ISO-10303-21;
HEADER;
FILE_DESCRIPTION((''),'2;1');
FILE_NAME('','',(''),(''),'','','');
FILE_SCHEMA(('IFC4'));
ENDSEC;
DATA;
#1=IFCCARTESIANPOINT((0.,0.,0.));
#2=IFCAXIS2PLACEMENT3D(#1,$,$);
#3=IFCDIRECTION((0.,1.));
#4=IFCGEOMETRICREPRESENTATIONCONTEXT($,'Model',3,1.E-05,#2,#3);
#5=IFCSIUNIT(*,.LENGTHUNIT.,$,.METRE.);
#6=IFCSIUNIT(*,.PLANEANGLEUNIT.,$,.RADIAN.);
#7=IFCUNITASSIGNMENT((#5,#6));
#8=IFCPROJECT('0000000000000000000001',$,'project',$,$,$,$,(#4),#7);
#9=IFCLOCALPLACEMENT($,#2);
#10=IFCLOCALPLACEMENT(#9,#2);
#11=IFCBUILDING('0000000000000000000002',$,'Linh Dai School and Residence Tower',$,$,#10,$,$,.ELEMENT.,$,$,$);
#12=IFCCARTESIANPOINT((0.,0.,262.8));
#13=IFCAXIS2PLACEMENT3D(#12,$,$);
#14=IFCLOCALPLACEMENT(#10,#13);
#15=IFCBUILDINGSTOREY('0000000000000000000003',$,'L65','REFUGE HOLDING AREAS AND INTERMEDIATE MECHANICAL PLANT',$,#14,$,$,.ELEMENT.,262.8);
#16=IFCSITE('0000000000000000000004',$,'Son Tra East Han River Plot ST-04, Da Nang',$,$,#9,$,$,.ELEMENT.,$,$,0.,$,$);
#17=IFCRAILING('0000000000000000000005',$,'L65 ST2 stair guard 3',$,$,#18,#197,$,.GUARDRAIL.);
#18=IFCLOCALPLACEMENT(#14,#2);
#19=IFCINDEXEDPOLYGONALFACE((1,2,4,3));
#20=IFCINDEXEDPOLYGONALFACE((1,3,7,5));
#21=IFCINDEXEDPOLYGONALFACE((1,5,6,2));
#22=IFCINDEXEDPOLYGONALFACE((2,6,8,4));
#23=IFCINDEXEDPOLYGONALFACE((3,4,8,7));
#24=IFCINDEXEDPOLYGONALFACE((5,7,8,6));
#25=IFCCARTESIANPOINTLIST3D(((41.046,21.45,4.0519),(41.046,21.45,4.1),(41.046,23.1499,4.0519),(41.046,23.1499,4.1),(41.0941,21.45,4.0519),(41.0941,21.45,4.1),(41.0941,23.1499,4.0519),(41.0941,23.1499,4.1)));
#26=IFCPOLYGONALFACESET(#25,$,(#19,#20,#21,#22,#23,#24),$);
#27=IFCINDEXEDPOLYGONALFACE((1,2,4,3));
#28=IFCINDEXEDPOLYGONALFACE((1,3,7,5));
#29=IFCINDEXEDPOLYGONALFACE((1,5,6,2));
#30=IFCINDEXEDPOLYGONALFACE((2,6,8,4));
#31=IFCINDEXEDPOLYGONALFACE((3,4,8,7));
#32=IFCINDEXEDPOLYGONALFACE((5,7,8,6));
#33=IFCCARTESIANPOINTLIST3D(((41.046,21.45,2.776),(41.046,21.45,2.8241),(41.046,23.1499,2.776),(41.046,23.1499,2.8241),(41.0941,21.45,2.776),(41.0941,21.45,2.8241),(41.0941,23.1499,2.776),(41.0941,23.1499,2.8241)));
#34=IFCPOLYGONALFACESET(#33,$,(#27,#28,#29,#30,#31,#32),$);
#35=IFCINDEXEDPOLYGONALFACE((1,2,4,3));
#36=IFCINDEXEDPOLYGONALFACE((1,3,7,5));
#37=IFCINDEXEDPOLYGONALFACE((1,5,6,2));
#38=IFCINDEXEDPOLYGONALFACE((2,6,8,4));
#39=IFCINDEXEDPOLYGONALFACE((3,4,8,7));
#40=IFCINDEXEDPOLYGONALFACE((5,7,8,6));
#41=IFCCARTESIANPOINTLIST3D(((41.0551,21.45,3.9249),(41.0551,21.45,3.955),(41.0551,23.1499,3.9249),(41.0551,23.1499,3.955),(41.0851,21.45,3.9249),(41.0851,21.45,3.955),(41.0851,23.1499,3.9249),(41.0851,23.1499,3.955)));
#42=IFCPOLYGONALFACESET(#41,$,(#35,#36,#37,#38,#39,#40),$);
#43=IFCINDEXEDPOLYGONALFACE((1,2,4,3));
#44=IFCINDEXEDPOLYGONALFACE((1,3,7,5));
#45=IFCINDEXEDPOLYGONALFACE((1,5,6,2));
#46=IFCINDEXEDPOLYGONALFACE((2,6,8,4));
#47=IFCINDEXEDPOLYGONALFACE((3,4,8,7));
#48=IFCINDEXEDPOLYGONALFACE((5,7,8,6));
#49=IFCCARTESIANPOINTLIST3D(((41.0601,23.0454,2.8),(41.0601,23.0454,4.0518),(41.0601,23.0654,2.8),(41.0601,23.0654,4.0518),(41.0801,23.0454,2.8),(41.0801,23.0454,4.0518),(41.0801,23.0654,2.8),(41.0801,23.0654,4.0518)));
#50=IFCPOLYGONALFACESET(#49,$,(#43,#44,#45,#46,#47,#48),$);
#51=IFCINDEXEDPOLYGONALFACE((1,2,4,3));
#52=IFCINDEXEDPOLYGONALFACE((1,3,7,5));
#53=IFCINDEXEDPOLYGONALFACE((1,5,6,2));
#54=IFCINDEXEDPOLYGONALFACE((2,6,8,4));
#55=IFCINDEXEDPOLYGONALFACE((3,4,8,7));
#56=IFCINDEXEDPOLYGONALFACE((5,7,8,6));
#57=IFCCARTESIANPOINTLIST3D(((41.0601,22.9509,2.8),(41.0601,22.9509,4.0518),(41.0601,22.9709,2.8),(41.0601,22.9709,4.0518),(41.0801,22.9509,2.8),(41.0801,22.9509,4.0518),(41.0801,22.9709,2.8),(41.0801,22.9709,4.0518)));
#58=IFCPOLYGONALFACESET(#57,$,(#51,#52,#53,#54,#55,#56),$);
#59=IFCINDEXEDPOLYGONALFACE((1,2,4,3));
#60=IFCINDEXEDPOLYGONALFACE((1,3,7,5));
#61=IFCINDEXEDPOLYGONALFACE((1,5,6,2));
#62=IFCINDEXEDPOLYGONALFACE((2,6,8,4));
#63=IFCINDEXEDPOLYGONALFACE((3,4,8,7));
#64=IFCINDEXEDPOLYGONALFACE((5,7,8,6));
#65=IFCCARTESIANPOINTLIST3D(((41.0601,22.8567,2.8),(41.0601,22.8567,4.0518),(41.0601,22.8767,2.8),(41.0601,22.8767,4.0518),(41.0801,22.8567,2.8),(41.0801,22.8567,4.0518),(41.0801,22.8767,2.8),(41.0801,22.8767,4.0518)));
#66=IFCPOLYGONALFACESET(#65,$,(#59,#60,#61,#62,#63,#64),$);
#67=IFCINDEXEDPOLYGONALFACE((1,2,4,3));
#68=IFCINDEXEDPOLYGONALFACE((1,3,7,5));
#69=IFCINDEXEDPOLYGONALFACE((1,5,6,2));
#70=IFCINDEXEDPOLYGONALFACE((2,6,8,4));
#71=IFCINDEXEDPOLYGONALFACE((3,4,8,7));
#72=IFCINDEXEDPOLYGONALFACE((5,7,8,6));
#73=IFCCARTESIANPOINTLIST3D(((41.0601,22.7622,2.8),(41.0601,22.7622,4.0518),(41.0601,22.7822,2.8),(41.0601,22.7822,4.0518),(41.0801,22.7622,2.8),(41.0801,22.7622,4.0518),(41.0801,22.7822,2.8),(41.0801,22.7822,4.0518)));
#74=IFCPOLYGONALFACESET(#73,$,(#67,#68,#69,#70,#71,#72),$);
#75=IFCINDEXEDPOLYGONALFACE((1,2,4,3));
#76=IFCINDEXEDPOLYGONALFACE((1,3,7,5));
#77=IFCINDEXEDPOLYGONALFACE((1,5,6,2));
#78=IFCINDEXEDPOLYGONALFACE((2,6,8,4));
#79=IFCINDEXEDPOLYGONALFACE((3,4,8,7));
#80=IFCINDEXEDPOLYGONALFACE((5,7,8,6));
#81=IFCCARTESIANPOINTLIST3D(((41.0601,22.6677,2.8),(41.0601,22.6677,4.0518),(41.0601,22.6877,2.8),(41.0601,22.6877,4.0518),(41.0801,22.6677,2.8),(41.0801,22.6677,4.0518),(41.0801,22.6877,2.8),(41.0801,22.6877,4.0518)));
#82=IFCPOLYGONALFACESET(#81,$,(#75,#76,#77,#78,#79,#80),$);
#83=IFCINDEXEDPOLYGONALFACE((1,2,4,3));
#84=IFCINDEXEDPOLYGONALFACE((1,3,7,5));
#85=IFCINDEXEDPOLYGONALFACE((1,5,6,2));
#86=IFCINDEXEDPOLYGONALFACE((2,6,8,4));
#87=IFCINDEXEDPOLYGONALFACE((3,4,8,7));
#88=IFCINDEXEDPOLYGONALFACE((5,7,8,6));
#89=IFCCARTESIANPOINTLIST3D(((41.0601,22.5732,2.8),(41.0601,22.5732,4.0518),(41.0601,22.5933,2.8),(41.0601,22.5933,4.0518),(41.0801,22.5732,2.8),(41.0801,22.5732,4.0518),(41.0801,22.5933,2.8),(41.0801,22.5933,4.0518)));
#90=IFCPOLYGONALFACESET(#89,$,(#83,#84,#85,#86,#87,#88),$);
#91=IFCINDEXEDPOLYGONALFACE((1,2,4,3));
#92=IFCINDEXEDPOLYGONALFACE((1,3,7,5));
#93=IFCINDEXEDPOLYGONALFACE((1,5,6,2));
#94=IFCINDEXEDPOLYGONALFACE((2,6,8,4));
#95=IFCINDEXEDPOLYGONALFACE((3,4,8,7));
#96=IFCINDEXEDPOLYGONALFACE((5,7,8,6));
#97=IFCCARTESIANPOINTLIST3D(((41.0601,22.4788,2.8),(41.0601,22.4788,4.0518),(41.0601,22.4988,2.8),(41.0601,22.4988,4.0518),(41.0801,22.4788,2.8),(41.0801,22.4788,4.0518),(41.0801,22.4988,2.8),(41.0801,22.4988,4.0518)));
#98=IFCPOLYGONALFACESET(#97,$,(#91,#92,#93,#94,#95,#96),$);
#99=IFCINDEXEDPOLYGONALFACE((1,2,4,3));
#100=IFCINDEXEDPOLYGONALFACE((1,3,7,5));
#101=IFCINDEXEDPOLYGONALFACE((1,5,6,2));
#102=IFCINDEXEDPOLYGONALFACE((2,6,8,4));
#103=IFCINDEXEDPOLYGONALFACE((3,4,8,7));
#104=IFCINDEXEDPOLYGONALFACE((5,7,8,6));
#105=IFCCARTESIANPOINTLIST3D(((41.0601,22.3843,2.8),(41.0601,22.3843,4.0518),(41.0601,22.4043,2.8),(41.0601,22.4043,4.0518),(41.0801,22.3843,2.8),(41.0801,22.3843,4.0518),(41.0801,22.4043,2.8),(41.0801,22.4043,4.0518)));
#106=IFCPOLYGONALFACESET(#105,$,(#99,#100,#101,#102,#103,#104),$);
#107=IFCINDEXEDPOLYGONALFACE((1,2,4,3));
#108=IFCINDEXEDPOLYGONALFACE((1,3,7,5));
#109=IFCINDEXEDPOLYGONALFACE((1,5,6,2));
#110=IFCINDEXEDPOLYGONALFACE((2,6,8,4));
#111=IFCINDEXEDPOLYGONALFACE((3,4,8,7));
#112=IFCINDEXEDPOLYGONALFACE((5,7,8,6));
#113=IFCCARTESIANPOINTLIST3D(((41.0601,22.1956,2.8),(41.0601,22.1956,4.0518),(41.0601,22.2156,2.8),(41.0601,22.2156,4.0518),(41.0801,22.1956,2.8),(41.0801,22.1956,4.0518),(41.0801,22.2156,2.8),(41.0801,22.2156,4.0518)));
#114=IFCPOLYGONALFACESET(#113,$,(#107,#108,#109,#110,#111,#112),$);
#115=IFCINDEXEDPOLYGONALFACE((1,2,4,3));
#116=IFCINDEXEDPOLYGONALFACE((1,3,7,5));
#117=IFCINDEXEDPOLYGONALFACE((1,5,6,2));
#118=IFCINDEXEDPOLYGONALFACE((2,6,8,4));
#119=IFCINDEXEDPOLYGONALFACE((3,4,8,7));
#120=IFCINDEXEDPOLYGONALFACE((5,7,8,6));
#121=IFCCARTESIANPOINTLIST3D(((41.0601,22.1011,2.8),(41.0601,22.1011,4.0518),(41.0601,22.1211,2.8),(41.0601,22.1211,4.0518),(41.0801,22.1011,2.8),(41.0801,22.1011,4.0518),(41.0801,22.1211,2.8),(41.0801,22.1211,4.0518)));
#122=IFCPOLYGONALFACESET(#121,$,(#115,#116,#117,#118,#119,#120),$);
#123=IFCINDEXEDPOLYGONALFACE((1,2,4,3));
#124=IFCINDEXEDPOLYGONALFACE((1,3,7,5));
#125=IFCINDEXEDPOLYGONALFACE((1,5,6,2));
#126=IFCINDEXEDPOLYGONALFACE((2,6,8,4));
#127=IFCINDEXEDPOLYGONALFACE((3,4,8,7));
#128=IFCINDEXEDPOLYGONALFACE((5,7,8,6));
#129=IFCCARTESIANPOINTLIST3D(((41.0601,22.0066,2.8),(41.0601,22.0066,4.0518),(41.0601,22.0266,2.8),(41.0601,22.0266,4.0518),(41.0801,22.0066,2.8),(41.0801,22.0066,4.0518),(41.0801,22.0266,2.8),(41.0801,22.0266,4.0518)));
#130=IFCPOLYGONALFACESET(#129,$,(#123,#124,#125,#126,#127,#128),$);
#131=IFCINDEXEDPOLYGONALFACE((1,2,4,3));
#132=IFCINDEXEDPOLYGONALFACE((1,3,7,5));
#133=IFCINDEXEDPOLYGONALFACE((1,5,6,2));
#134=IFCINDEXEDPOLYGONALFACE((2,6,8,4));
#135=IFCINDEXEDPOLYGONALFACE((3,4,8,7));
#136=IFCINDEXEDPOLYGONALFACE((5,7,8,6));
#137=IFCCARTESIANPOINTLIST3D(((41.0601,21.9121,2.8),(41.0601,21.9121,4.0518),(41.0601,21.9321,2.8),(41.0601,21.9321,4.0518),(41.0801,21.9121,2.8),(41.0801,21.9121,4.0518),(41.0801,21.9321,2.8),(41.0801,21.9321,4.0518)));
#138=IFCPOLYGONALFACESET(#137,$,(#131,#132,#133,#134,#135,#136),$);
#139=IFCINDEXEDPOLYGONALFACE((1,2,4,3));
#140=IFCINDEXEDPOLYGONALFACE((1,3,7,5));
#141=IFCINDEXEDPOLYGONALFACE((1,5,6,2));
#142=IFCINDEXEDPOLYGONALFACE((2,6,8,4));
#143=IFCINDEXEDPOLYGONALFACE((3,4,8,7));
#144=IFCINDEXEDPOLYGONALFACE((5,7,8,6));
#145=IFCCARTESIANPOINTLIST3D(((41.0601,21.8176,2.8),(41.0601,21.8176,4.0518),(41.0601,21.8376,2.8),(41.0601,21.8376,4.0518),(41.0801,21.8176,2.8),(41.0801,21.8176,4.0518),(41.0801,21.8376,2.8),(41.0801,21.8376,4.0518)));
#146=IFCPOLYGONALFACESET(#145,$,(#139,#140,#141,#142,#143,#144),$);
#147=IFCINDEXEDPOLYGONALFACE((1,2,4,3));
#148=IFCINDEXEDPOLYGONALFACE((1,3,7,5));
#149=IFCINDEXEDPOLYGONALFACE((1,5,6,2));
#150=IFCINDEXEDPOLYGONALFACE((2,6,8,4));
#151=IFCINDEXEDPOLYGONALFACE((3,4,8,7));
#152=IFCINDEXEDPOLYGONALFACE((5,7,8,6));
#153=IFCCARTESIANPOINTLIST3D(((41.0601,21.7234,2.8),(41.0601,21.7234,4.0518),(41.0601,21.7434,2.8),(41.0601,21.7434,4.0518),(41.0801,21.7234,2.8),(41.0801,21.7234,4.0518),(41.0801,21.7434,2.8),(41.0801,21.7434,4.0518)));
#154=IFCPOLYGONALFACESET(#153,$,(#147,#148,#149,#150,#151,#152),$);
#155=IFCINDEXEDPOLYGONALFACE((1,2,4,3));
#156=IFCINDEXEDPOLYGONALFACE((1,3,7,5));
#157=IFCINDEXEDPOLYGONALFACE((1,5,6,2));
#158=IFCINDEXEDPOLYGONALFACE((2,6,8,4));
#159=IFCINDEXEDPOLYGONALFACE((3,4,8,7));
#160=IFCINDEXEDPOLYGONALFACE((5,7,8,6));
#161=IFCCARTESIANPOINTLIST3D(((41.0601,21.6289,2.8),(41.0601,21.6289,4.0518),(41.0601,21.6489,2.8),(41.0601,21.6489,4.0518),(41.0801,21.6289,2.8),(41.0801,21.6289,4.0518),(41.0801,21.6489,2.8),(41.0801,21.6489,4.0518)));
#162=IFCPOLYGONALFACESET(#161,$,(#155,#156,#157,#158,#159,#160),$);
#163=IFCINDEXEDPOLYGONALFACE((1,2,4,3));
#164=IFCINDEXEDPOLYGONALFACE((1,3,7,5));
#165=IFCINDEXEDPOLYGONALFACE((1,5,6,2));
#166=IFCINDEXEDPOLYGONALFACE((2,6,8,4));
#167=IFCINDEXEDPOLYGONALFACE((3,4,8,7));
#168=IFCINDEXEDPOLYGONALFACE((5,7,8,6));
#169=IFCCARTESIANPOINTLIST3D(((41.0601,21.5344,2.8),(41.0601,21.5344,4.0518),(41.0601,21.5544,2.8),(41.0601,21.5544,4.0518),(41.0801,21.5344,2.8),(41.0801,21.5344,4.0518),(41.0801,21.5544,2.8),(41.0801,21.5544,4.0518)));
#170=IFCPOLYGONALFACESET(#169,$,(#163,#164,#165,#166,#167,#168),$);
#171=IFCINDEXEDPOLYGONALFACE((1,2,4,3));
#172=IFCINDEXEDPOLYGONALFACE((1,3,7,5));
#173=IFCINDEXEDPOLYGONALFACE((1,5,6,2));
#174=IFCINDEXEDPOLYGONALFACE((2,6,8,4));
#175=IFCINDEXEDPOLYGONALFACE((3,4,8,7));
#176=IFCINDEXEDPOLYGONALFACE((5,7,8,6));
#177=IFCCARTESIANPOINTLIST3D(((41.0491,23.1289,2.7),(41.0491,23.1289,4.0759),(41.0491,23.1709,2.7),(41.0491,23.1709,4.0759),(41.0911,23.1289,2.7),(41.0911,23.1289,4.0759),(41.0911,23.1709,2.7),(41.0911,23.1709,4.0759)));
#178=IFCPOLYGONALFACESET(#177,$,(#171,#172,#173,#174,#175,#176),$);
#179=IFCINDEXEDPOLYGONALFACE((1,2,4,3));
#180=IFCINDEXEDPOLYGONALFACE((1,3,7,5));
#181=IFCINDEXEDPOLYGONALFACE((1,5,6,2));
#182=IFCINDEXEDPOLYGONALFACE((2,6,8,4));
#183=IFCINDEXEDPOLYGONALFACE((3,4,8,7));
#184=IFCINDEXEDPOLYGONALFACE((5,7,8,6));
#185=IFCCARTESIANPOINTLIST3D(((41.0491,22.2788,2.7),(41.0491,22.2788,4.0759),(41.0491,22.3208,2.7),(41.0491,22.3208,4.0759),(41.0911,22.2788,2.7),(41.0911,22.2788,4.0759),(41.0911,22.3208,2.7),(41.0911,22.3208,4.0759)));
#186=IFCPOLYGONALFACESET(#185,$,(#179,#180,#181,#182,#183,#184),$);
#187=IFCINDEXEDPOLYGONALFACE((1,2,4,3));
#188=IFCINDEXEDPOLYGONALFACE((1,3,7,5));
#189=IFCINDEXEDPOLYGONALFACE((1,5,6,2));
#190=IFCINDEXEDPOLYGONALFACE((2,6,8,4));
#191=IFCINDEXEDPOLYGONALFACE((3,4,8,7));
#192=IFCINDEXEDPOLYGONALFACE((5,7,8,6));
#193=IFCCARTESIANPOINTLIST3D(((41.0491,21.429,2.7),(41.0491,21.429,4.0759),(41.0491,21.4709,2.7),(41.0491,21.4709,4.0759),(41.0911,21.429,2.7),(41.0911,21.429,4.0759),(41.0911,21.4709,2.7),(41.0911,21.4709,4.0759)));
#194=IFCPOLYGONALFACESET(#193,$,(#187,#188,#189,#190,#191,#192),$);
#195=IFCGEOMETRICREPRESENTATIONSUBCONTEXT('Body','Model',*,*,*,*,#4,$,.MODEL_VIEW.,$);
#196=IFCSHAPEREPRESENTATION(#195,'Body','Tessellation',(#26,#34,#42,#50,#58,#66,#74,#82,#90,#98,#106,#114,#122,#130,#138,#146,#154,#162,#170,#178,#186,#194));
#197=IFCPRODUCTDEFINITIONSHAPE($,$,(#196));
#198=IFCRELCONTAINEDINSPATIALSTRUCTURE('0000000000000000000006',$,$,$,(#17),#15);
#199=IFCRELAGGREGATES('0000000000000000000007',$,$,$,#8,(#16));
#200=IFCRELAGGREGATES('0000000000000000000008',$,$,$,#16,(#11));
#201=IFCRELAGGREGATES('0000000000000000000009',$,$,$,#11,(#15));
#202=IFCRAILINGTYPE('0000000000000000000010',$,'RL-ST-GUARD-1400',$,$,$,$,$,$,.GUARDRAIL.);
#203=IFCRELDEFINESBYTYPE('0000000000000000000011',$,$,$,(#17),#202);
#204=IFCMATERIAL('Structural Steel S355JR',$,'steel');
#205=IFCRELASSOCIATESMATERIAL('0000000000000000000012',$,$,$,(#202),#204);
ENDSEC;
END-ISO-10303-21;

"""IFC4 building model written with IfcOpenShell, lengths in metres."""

from ifc_helpers import new_model, si_unit, direction, frame, origin, origin_2d, place, context, subcontext, project, spatial, rectangle, extrude, source, transform, mapped, material, type_object, element, save


model = new_model("IFC4")

# Units and contexts
model_context = context("Model", 3, precision=1e-05, world=origin(), true_north=direction((0.0, 1.0)))
body_context = subcontext(model_context, "Body", "Model", "MODEL_VIEW")
ifc_project = project(units=[si_unit("LENGTHUNIT", "METRE"), si_unit("PLANEANGLEUNIT", "RADIAN")], contexts=[model_context])

# Site, building, storey
site_placement = place(None, origin())
site = spatial("IfcSite", under=ifc_project, at=site_placement, Name="Son Tra East Han River Plot ST-04, Da Nang", CompositionType="ELEMENT", RefElevation=0.0)
building_placement = place(site_placement, origin())
building = spatial("IfcBuilding", under=site, at=building_placement, Name="Linh Dai School and Residence Tower", CompositionType="ELEMENT")
storey_placement = place(building_placement, frame((0.0, 0.0, 262.8)))
storey = spatial("IfcBuildingStorey", under=building, at=storey_placement, Name="L65", Description="REFUGE HOLDING AREAS AND INTERMEDIATE MECHANICAL PLANT", CompositionType="ELEMENT", Elevation=262.8)

# Shared definitions
ifc_material_1 = material(Name="Structural Steel S355JR", Category="steel")

# Railing
railing_type = type_object("IfcRailingType", Name="RL-ST-GUARD-1400", PredefinedType="GUARDRAIL", material=ifc_material_1)
shared_shape_1 = source(origin(), body_context, "Body", "SweptSolid", [
    extrude(rectangle(XDim=0.0481, YDim=0.0481, at=origin_2d()), frame((0.0, 0.0, 1.376), z_axis=(0.0, -1.0, 0.0), x_axis=(1.0, 0.0, 0.0)), (0.0, 0.0, 1.0), 1.7),
    extrude(rectangle(XDim=0.0481, YDim=0.0481, at=origin_2d()), frame((0.0, 0.0, 0.1001), z_axis=(0.0, -1.0, 0.0), x_axis=(1.0, 0.0, 0.0)), (0.0, 0.0, 1.0), 1.7),
    extrude(rectangle(XDim=0.03, YDim=0.03, at=origin_2d()), frame((0.0, 0.0, 1.24), z_axis=(0.0, -1.0, 0.0), x_axis=(1.0, 0.0, 0.0)), (0.0, 0.0, 1.0), 1.7),
    extrude(rectangle(XDim=0.02, YDim=0.02, at=origin_2d()), frame((0.0, -0.0945, 0.1001)), (0.0, 0.0, 1.0), 1.2517),
    extrude(rectangle(XDim=0.02, YDim=0.02, at=origin_2d()), frame((0.0, -0.189, 0.1001)), (0.0, 0.0, 1.0), 1.2517),
    extrude(rectangle(XDim=0.02, YDim=0.02, at=origin_2d()), frame((0.0, -0.2832, 0.1001)), (0.0, 0.0, 1.0), 1.2517),
    extrude(rectangle(XDim=0.02, YDim=0.02, at=origin_2d()), frame((0.0, -0.3777, 0.1001)), (0.0, 0.0, 1.0), 1.2517),
    extrude(rectangle(XDim=0.02, YDim=0.02, at=origin_2d()), frame((0.0, -0.4722, 0.1001)), (0.0, 0.0, 1.0), 1.2517),
    extrude(rectangle(XDim=0.02, YDim=0.02, at=origin_2d()), frame((0.0, -0.5667, 0.1001)), (0.0, 0.0, 1.0), 1.2517),
    extrude(rectangle(XDim=0.02, YDim=0.02, at=origin_2d()), frame((0.0, -0.6611, 0.1001)), (0.0, 0.0, 1.0), 1.2517),
    extrude(rectangle(XDim=0.02, YDim=0.02, at=origin_2d()), frame((0.0, -0.7556, 0.1001)), (0.0, 0.0, 1.0), 1.2517),
    extrude(rectangle(XDim=0.02, YDim=0.02, at=origin_2d()), frame((0.0, -0.9443, 0.1001)), (0.0, 0.0, 1.0), 1.2517),
    extrude(rectangle(XDim=0.02, YDim=0.02, at=origin_2d()), frame((0.0, -1.0388, 0.1001)), (0.0, 0.0, 1.0), 1.2517),
    extrude(rectangle(XDim=0.02, YDim=0.02, at=origin_2d()), frame((0.0, -1.1333, 0.1001)), (0.0, 0.0, 1.0), 1.2517),
    extrude(rectangle(XDim=0.02, YDim=0.02, at=origin_2d()), frame((0.0, -1.2278, 0.1001)), (0.0, 0.0, 1.0), 1.2517),
    extrude(rectangle(XDim=0.02, YDim=0.02, at=origin_2d()), frame((0.0, -1.3223, 0.1001)), (0.0, 0.0, 1.0), 1.2517),
    extrude(rectangle(XDim=0.02, YDim=0.02, at=origin_2d()), frame((0.0, -1.4165, 0.1001)), (0.0, 0.0, 1.0), 1.2517),
    extrude(rectangle(XDim=0.02, YDim=0.02, at=origin_2d()), frame((0.0, -1.511, 0.1001)), (0.0, 0.0, 1.0), 1.2517),
    extrude(rectangle(XDim=0.02, YDim=0.02, at=origin_2d()), frame((0.0, -1.6055, 0.1001)), (0.0, 0.0, 1.0), 1.2517),
    extrude(rectangle(XDim=0.042, YDim=0.042, at=origin_2d()), origin(), (0.0, 0.0, 1.0), 1.376),
    extrude(rectangle(XDim=0.042, YDim=0.042, at=origin_2d()), frame((0.0, -0.8501, 0.0)), (0.0, 0.0, 1.0), 1.376),
    extrude(rectangle(XDim=0.042, YDim=0.042, at=origin_2d()), frame((0.0, -1.7, 0.0)), (0.0, 0.0, 1.0), 1.376),
])
railing_1_placement = place(storey_placement, frame((41.0701, 23.1499, 2.7)))
element("IfcRailing", 1, at=railing_1_placement, inside=storey, type_object=railing_type, Name="L65 ST2 stair guard 3", PredefinedType="GUARDRAIL", context=body_context, shape_type="MappedRepresentation", body=[
    mapped(shared_shape_1, transform((0.0, 0.0, 0.0), x_axis=(1.0, 0.0, 0.0), y_axis=(0.0, 1.0, 0.0), z_axis=(0.0, 0.0, 1.0), scale=1.0)),
])

save(model, "model.ifc")
